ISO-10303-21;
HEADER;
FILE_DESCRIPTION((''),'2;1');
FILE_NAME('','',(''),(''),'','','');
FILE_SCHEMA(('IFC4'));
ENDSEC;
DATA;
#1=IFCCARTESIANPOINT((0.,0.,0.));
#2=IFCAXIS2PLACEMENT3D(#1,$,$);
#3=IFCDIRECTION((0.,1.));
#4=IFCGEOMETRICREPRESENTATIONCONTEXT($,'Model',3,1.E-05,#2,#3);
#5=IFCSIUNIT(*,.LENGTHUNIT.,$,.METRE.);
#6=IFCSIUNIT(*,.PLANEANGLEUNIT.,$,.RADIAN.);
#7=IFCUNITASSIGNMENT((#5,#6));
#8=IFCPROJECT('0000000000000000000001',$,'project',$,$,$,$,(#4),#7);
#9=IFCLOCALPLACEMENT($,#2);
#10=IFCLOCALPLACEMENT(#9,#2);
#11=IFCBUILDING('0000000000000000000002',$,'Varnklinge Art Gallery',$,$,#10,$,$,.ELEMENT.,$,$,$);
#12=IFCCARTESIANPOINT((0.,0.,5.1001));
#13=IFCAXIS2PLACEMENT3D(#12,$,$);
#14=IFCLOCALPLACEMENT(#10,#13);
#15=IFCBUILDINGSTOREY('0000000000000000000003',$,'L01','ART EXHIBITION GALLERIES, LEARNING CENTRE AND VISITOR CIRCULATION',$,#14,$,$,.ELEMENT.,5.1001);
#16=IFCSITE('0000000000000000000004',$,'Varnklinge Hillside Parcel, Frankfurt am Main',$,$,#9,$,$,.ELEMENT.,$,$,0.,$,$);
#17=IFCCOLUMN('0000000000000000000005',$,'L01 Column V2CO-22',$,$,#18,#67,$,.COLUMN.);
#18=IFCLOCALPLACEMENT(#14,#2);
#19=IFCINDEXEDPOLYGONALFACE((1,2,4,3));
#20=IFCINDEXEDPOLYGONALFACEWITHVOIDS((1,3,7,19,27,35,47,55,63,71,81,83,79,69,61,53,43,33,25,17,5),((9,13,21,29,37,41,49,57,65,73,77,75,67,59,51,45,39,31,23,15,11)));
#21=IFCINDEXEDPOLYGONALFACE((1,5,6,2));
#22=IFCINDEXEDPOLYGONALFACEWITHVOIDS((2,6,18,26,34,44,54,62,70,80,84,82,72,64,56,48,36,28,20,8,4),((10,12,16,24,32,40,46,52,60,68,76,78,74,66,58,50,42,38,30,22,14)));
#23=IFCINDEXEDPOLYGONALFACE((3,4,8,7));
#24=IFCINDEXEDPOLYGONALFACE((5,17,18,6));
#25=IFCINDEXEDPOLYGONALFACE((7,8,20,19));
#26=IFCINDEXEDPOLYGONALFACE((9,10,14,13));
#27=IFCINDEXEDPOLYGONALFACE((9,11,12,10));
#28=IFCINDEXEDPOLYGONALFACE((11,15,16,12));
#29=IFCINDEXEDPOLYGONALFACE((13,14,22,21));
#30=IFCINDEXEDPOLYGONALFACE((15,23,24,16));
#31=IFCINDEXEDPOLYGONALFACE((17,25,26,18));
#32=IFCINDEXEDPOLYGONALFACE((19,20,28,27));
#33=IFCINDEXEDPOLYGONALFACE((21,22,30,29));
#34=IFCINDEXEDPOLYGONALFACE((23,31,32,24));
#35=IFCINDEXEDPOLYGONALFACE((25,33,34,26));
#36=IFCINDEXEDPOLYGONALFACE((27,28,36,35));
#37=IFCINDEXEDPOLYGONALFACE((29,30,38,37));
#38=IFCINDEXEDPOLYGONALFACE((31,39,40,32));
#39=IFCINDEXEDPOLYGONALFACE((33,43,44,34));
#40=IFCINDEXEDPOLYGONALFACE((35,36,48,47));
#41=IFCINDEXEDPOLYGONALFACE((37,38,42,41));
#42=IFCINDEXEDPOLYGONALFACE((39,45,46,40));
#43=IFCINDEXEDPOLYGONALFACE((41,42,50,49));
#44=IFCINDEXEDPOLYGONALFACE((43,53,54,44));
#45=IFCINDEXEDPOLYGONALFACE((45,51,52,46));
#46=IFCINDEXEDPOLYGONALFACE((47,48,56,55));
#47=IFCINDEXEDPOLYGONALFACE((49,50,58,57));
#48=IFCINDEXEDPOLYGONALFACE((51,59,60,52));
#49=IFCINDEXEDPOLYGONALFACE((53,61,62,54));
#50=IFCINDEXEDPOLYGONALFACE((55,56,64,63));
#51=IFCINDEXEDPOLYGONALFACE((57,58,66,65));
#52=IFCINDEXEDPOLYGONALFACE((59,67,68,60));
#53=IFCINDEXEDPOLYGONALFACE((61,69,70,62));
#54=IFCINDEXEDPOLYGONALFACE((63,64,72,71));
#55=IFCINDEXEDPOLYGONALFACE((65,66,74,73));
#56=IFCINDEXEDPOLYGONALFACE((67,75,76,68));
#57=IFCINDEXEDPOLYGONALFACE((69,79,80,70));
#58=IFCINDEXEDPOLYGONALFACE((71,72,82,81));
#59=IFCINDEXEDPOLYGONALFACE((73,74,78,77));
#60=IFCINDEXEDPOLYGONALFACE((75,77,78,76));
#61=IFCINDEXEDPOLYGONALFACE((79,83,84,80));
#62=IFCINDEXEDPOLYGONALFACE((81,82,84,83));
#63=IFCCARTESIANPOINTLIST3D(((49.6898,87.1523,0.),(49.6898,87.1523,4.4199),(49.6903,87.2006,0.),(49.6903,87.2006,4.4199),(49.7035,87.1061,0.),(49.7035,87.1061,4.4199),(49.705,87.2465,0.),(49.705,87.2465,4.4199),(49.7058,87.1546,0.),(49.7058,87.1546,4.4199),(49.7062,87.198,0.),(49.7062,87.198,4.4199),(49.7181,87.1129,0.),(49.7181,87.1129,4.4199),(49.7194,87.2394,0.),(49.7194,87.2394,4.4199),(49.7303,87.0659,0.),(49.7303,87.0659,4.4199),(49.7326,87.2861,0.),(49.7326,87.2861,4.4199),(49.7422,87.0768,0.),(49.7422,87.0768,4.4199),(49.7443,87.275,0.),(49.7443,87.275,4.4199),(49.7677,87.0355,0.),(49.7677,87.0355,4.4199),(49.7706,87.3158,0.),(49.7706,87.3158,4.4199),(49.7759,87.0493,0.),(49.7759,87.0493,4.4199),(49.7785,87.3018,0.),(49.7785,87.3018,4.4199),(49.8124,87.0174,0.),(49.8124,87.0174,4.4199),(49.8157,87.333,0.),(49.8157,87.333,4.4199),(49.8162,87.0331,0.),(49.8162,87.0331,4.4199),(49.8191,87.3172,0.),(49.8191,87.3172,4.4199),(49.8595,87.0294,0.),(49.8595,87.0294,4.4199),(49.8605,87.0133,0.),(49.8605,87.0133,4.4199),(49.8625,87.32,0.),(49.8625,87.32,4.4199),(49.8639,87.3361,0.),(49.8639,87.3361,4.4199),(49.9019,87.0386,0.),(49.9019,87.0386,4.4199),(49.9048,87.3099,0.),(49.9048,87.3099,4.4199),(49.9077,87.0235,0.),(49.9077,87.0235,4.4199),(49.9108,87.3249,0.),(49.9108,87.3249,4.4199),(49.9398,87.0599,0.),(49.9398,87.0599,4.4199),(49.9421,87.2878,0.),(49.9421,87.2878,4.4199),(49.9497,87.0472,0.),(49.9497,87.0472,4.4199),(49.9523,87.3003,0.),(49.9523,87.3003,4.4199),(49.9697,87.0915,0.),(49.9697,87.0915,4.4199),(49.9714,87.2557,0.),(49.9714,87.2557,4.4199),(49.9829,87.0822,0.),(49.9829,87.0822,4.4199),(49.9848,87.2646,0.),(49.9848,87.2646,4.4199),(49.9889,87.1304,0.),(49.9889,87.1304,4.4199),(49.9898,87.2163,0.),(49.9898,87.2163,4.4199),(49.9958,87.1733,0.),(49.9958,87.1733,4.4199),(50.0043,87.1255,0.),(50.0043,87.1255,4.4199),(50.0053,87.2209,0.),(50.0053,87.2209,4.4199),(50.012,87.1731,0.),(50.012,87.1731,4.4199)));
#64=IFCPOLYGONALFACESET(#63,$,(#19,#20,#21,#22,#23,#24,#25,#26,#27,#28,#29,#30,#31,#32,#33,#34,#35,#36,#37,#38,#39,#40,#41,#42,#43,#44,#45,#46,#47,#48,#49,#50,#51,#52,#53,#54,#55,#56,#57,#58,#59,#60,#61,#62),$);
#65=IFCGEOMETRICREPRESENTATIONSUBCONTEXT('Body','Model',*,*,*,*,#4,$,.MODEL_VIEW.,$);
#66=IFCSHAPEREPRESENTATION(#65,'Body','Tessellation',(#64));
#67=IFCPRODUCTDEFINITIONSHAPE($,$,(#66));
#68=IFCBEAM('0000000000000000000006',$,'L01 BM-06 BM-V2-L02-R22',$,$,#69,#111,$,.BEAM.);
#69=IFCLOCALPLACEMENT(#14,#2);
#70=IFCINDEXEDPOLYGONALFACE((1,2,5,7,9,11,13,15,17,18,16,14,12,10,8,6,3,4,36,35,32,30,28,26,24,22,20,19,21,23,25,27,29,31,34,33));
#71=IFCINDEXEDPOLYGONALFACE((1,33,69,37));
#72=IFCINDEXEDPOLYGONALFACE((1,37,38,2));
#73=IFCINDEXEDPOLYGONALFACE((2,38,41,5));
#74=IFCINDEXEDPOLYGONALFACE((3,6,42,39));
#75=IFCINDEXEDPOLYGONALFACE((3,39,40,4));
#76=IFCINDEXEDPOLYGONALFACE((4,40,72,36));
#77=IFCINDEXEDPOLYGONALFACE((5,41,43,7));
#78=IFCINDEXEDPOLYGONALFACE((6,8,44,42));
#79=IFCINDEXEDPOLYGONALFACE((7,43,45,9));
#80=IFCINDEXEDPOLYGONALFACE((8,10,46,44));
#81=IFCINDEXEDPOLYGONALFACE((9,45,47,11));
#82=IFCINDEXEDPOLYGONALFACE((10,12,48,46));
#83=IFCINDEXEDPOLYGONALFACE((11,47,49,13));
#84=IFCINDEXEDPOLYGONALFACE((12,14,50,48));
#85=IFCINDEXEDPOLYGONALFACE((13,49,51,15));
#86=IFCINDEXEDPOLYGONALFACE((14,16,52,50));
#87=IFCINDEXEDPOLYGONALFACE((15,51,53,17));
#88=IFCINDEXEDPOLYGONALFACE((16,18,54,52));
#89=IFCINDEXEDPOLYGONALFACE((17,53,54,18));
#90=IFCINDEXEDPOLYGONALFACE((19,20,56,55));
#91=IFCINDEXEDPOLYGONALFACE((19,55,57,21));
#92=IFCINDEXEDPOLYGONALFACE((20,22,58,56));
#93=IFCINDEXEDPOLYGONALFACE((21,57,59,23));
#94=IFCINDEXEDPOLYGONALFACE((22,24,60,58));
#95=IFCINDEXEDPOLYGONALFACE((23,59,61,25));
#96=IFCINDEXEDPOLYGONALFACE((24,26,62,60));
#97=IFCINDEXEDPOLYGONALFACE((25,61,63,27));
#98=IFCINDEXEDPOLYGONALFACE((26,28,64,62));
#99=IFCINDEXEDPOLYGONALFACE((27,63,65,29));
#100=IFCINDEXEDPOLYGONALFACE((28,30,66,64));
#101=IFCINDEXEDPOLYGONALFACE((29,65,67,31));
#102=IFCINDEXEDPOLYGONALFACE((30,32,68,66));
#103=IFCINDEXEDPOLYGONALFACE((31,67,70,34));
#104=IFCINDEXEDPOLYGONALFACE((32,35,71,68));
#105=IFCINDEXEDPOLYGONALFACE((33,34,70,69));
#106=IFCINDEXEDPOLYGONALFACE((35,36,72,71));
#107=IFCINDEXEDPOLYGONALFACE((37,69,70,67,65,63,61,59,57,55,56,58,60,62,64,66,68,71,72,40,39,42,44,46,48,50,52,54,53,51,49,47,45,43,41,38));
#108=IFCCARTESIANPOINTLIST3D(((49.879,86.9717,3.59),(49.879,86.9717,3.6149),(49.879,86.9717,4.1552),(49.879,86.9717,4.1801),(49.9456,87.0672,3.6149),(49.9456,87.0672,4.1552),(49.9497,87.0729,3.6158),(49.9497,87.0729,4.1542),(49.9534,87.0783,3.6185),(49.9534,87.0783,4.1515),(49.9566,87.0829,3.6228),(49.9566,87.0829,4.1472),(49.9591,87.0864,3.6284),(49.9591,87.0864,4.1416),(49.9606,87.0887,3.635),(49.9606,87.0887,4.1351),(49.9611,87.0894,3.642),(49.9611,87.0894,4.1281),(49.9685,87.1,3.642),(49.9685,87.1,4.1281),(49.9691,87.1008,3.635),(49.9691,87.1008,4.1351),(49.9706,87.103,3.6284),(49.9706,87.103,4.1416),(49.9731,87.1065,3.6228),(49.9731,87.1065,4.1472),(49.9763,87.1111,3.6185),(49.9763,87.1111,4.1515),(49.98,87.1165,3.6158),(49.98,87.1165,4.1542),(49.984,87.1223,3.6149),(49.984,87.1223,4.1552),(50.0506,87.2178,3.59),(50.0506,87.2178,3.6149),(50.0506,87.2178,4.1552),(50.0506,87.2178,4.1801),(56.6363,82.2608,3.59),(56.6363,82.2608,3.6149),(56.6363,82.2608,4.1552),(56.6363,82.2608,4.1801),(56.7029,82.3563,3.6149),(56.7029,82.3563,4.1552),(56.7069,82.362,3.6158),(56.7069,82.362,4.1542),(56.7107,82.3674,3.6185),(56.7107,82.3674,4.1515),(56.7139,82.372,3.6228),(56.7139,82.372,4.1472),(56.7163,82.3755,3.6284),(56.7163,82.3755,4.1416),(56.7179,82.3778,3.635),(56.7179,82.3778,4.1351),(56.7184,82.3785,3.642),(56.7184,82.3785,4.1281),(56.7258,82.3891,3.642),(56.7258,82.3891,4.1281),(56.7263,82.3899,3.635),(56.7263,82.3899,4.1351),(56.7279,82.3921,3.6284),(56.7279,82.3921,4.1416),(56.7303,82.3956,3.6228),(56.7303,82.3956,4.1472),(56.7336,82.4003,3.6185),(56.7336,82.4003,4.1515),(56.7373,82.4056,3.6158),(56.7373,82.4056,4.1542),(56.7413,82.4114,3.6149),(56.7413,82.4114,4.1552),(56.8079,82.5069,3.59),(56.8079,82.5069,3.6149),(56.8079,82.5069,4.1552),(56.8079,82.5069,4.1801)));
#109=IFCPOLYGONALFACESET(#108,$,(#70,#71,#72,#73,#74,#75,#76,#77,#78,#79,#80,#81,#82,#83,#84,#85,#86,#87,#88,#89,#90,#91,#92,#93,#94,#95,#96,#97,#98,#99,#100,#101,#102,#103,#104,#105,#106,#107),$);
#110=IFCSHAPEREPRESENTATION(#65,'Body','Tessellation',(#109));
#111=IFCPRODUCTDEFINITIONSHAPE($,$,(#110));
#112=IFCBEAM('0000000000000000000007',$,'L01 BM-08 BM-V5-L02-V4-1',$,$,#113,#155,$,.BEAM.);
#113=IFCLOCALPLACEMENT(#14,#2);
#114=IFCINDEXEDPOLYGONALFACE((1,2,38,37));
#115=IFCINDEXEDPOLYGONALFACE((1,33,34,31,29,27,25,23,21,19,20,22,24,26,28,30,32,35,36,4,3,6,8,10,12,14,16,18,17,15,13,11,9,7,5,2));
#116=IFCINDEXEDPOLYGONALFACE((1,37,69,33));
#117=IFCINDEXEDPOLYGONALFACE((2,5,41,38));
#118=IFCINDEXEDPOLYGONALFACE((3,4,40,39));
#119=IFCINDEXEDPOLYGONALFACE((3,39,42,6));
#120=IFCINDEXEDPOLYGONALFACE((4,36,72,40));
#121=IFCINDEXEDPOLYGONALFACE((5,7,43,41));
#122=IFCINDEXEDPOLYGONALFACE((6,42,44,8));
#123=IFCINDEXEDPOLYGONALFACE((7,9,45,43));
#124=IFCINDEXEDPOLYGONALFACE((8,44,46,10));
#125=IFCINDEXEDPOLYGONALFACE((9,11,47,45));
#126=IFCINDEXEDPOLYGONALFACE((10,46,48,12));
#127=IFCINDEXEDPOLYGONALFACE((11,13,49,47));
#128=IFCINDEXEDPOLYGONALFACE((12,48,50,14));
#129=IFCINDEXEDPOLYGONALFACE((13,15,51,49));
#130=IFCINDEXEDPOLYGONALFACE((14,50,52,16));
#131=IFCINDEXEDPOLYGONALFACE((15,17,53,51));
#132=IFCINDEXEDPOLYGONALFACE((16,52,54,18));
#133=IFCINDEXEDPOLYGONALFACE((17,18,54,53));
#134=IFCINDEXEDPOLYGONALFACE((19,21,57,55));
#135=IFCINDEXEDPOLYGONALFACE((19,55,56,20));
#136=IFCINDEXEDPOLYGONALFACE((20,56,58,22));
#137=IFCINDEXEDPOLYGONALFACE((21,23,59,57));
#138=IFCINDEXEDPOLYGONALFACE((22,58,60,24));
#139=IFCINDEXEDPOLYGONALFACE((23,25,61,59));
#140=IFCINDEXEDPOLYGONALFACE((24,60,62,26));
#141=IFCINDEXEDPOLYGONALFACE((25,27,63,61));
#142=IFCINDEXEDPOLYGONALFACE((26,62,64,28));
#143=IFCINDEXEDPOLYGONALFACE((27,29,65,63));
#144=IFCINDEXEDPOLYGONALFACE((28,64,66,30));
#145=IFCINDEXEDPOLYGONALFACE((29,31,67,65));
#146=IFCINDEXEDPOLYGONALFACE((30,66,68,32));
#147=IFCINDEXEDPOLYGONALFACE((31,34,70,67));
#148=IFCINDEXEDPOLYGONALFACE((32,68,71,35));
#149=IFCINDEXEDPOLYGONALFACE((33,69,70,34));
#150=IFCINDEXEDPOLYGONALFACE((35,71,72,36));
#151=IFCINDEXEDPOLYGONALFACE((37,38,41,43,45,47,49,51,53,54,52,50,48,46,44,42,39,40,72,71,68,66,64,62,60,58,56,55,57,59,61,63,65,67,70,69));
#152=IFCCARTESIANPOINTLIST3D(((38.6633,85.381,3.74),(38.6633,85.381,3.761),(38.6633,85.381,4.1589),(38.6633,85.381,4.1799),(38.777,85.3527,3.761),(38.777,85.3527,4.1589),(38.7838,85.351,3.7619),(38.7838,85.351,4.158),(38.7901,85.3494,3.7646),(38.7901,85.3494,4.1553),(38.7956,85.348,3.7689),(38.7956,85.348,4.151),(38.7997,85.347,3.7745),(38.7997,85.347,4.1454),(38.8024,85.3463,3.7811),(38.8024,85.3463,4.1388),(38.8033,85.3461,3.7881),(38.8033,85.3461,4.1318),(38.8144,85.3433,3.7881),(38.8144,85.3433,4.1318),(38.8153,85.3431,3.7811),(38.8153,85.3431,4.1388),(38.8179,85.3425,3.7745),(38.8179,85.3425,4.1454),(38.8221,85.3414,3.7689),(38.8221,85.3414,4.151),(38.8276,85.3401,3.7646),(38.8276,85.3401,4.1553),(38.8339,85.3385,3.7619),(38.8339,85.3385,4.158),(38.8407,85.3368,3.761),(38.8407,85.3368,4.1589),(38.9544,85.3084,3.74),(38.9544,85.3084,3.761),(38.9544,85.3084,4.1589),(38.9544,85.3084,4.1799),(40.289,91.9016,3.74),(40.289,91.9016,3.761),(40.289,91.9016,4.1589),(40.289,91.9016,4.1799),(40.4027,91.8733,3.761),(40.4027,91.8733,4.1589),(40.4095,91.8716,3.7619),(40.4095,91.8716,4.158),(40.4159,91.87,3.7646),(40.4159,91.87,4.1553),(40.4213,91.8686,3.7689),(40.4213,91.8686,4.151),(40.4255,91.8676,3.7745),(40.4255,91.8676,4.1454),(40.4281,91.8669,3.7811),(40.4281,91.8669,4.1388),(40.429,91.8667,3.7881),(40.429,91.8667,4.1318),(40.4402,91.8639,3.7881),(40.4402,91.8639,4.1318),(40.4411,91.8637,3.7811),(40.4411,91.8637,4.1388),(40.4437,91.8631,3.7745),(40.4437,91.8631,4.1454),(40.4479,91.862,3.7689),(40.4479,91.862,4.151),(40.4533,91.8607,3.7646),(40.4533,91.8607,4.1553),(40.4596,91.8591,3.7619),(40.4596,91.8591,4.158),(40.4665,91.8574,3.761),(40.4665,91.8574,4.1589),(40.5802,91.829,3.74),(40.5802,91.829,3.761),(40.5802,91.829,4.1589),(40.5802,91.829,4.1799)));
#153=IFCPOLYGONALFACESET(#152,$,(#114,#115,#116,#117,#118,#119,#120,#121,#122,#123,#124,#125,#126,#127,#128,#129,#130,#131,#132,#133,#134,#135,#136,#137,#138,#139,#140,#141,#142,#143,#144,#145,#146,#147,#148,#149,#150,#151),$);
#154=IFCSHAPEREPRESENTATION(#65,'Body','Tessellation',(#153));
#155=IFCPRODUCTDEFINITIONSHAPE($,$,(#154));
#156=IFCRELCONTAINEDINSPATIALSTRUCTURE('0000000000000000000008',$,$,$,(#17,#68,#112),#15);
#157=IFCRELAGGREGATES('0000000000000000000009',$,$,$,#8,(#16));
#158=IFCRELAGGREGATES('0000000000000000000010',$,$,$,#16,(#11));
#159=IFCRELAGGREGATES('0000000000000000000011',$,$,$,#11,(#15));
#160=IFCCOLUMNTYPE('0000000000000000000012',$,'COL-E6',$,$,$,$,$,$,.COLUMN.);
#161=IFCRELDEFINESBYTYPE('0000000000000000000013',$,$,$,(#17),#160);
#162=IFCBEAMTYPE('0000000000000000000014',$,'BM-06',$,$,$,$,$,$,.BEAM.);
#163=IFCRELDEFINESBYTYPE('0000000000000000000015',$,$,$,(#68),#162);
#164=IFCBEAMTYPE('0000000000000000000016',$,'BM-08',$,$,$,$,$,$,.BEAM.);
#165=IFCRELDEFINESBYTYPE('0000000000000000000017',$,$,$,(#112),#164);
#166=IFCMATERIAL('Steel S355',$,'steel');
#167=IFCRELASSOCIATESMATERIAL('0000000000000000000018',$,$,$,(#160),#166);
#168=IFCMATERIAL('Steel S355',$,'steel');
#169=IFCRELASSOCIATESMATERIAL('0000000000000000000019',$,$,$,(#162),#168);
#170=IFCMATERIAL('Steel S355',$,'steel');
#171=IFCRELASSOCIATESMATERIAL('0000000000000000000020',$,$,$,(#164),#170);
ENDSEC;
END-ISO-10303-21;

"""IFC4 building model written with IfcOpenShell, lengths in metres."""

from ifc_helpers import new_model, si_unit, direction, frame, origin, origin_2d, place, context, subcontext, project, spatial, hollow_circle, i_section, extrude, material, material_profile, profile_set, type_object, element, save


model = new_model("IFC4")

# Units and contexts
model_context = context("Model", 3, precision=1e-05, world=origin(), true_north=direction((0.0, 1.0)))
body_context = subcontext(model_context, "Body", "Model", "MODEL_VIEW")
ifc_project = project(units=[si_unit("LENGTHUNIT", "METRE"), si_unit("PLANEANGLEUNIT", "RADIAN")], contexts=[model_context])

# Site, building, storey
site_placement = place(None, origin())
site = spatial("IfcSite", under=ifc_project, at=site_placement, Name="Varnklinge Hillside Parcel, Frankfurt am Main", CompositionType="ELEMENT", RefElevation=0.0)
building_placement = place(site_placement, origin())
building = spatial("IfcBuilding", under=site, at=building_placement, Name="Varnklinge Art Gallery", CompositionType="ELEMENT")
storey_placement = place(building_placement, frame((0.0, 0.0, 5.1001)))
storey = spatial("IfcBuildingStorey", under=building, at=storey_placement, Name="L01", Description="ART EXHIBITION GALLERIES, LEARNING CENTRE AND VISITOR CIRCULATION", CompositionType="ELEMENT", Elevation=5.1001)

# Column
ifc_material_1 = material(Name="Steel S355", Category="steel")
ifc_material_profile_1 = material_profile(ifc_material_1, hollow_circle(Radius=0.1619, WallThickness=0.0161, at=origin_2d()), Name="CHS 323.9x16")
ifc_profile_set_1 = profile_set([ifc_material_profile_1], Name="Steel S355")
column_type_1 = type_object("IfcColumnType", Name="COL-E6", PredefinedType="COLUMN", material=ifc_profile_set_1)
column_1_placement = place(storey_placement, frame((49.8501, 87.1748, 0.0), z_axis=(0.0, 0.0, 1.0), x_axis=(0.820352, -0.57186, 0.0)))
element("IfcColumn", 1, at=column_1_placement, inside=storey, type_object=column_type_1, Name="L01 Column V2CO-22", PredefinedType="COLUMN", context=body_context, shape_type="SweptSolid", body=[
    extrude(hollow_circle(Radius=0.1619, WallThickness=0.0161, at=origin_2d()), origin(), (0.0, 0.0, 1.0), 4.4199),
])

# Beams
ifc_material_2 = material(Name="Steel S355", Category="steel")
ifc_material_profile_2 = material_profile(ifc_material_2, i_section(OverallWidth=0.3, OverallDepth=0.5901, WebThickness=0.0129, FlangeThickness=0.0249, FilletRadius=0.0271, at=origin_2d()), Name="HEA 600")
ifc_profile_set_2 = profile_set([ifc_material_profile_2], Name="Steel S355")
beam_type_1 = type_object("IfcBeamType", Name="BM-06", PredefinedType="BEAM", material=ifc_profile_set_2)
beam_1_placement = place(storey_placement, frame((49.9648, 87.0947, 3.885), z_axis=(0.820325, -0.571898, 0.0), x_axis=(0.571898, 0.820325, 0.0)))
element("IfcBeam", 2, at=beam_1_placement, inside=storey, type_object=beam_type_1, Name="L01 BM-06 BM-V2-L02-R22", PredefinedType="BEAM", context=body_context, shape_type="SweptSolid", body=[
    extrude(i_section(OverallWidth=0.3, OverallDepth=0.5901, WebThickness=0.0129, FlangeThickness=0.0249, FilletRadius=0.0271, at=origin_2d()), origin(), (0.0, 0.0, 1.0), 8.2373),
])
ifc_material_3 = material(Name="Steel S355", Category="steel")
ifc_material_profile_3 = material_profile(ifc_material_3, i_section(OverallWidth=0.3, OverallDepth=0.4399, WebThickness=0.0115, FlangeThickness=0.021, FilletRadius=0.0271, at=origin_2d()), Name="HEA 450")
ifc_profile_set_3 = profile_set([ifc_material_profile_3], Name="Steel S355")
beam_type_2 = type_object("IfcBeamType", Name="BM-08", PredefinedType="BEAM", material=ifc_profile_set_3)
beam_2_placement = place(storey_placement, frame((38.8088, 85.3447, 3.96), z_axis=(0.24192, 0.970296, 0.0), x_axis=(-0.970296, 0.24192, 0.0)))
element("IfcBeam", 3, at=beam_2_placement, inside=storey, type_object=beam_type_2, Name="L01 BM-08 BM-V5-L02-V4-1", PredefinedType="BEAM", context=body_context, shape_type="SweptSolid", body=[
    extrude(i_section(OverallWidth=0.3, OverallDepth=0.4399, WebThickness=0.0115, FlangeThickness=0.021, FilletRadius=0.0271, at=origin_2d()), origin(), (0.0, 0.0, 1.0), 6.7202),
])

save(model, "model.ifc")
